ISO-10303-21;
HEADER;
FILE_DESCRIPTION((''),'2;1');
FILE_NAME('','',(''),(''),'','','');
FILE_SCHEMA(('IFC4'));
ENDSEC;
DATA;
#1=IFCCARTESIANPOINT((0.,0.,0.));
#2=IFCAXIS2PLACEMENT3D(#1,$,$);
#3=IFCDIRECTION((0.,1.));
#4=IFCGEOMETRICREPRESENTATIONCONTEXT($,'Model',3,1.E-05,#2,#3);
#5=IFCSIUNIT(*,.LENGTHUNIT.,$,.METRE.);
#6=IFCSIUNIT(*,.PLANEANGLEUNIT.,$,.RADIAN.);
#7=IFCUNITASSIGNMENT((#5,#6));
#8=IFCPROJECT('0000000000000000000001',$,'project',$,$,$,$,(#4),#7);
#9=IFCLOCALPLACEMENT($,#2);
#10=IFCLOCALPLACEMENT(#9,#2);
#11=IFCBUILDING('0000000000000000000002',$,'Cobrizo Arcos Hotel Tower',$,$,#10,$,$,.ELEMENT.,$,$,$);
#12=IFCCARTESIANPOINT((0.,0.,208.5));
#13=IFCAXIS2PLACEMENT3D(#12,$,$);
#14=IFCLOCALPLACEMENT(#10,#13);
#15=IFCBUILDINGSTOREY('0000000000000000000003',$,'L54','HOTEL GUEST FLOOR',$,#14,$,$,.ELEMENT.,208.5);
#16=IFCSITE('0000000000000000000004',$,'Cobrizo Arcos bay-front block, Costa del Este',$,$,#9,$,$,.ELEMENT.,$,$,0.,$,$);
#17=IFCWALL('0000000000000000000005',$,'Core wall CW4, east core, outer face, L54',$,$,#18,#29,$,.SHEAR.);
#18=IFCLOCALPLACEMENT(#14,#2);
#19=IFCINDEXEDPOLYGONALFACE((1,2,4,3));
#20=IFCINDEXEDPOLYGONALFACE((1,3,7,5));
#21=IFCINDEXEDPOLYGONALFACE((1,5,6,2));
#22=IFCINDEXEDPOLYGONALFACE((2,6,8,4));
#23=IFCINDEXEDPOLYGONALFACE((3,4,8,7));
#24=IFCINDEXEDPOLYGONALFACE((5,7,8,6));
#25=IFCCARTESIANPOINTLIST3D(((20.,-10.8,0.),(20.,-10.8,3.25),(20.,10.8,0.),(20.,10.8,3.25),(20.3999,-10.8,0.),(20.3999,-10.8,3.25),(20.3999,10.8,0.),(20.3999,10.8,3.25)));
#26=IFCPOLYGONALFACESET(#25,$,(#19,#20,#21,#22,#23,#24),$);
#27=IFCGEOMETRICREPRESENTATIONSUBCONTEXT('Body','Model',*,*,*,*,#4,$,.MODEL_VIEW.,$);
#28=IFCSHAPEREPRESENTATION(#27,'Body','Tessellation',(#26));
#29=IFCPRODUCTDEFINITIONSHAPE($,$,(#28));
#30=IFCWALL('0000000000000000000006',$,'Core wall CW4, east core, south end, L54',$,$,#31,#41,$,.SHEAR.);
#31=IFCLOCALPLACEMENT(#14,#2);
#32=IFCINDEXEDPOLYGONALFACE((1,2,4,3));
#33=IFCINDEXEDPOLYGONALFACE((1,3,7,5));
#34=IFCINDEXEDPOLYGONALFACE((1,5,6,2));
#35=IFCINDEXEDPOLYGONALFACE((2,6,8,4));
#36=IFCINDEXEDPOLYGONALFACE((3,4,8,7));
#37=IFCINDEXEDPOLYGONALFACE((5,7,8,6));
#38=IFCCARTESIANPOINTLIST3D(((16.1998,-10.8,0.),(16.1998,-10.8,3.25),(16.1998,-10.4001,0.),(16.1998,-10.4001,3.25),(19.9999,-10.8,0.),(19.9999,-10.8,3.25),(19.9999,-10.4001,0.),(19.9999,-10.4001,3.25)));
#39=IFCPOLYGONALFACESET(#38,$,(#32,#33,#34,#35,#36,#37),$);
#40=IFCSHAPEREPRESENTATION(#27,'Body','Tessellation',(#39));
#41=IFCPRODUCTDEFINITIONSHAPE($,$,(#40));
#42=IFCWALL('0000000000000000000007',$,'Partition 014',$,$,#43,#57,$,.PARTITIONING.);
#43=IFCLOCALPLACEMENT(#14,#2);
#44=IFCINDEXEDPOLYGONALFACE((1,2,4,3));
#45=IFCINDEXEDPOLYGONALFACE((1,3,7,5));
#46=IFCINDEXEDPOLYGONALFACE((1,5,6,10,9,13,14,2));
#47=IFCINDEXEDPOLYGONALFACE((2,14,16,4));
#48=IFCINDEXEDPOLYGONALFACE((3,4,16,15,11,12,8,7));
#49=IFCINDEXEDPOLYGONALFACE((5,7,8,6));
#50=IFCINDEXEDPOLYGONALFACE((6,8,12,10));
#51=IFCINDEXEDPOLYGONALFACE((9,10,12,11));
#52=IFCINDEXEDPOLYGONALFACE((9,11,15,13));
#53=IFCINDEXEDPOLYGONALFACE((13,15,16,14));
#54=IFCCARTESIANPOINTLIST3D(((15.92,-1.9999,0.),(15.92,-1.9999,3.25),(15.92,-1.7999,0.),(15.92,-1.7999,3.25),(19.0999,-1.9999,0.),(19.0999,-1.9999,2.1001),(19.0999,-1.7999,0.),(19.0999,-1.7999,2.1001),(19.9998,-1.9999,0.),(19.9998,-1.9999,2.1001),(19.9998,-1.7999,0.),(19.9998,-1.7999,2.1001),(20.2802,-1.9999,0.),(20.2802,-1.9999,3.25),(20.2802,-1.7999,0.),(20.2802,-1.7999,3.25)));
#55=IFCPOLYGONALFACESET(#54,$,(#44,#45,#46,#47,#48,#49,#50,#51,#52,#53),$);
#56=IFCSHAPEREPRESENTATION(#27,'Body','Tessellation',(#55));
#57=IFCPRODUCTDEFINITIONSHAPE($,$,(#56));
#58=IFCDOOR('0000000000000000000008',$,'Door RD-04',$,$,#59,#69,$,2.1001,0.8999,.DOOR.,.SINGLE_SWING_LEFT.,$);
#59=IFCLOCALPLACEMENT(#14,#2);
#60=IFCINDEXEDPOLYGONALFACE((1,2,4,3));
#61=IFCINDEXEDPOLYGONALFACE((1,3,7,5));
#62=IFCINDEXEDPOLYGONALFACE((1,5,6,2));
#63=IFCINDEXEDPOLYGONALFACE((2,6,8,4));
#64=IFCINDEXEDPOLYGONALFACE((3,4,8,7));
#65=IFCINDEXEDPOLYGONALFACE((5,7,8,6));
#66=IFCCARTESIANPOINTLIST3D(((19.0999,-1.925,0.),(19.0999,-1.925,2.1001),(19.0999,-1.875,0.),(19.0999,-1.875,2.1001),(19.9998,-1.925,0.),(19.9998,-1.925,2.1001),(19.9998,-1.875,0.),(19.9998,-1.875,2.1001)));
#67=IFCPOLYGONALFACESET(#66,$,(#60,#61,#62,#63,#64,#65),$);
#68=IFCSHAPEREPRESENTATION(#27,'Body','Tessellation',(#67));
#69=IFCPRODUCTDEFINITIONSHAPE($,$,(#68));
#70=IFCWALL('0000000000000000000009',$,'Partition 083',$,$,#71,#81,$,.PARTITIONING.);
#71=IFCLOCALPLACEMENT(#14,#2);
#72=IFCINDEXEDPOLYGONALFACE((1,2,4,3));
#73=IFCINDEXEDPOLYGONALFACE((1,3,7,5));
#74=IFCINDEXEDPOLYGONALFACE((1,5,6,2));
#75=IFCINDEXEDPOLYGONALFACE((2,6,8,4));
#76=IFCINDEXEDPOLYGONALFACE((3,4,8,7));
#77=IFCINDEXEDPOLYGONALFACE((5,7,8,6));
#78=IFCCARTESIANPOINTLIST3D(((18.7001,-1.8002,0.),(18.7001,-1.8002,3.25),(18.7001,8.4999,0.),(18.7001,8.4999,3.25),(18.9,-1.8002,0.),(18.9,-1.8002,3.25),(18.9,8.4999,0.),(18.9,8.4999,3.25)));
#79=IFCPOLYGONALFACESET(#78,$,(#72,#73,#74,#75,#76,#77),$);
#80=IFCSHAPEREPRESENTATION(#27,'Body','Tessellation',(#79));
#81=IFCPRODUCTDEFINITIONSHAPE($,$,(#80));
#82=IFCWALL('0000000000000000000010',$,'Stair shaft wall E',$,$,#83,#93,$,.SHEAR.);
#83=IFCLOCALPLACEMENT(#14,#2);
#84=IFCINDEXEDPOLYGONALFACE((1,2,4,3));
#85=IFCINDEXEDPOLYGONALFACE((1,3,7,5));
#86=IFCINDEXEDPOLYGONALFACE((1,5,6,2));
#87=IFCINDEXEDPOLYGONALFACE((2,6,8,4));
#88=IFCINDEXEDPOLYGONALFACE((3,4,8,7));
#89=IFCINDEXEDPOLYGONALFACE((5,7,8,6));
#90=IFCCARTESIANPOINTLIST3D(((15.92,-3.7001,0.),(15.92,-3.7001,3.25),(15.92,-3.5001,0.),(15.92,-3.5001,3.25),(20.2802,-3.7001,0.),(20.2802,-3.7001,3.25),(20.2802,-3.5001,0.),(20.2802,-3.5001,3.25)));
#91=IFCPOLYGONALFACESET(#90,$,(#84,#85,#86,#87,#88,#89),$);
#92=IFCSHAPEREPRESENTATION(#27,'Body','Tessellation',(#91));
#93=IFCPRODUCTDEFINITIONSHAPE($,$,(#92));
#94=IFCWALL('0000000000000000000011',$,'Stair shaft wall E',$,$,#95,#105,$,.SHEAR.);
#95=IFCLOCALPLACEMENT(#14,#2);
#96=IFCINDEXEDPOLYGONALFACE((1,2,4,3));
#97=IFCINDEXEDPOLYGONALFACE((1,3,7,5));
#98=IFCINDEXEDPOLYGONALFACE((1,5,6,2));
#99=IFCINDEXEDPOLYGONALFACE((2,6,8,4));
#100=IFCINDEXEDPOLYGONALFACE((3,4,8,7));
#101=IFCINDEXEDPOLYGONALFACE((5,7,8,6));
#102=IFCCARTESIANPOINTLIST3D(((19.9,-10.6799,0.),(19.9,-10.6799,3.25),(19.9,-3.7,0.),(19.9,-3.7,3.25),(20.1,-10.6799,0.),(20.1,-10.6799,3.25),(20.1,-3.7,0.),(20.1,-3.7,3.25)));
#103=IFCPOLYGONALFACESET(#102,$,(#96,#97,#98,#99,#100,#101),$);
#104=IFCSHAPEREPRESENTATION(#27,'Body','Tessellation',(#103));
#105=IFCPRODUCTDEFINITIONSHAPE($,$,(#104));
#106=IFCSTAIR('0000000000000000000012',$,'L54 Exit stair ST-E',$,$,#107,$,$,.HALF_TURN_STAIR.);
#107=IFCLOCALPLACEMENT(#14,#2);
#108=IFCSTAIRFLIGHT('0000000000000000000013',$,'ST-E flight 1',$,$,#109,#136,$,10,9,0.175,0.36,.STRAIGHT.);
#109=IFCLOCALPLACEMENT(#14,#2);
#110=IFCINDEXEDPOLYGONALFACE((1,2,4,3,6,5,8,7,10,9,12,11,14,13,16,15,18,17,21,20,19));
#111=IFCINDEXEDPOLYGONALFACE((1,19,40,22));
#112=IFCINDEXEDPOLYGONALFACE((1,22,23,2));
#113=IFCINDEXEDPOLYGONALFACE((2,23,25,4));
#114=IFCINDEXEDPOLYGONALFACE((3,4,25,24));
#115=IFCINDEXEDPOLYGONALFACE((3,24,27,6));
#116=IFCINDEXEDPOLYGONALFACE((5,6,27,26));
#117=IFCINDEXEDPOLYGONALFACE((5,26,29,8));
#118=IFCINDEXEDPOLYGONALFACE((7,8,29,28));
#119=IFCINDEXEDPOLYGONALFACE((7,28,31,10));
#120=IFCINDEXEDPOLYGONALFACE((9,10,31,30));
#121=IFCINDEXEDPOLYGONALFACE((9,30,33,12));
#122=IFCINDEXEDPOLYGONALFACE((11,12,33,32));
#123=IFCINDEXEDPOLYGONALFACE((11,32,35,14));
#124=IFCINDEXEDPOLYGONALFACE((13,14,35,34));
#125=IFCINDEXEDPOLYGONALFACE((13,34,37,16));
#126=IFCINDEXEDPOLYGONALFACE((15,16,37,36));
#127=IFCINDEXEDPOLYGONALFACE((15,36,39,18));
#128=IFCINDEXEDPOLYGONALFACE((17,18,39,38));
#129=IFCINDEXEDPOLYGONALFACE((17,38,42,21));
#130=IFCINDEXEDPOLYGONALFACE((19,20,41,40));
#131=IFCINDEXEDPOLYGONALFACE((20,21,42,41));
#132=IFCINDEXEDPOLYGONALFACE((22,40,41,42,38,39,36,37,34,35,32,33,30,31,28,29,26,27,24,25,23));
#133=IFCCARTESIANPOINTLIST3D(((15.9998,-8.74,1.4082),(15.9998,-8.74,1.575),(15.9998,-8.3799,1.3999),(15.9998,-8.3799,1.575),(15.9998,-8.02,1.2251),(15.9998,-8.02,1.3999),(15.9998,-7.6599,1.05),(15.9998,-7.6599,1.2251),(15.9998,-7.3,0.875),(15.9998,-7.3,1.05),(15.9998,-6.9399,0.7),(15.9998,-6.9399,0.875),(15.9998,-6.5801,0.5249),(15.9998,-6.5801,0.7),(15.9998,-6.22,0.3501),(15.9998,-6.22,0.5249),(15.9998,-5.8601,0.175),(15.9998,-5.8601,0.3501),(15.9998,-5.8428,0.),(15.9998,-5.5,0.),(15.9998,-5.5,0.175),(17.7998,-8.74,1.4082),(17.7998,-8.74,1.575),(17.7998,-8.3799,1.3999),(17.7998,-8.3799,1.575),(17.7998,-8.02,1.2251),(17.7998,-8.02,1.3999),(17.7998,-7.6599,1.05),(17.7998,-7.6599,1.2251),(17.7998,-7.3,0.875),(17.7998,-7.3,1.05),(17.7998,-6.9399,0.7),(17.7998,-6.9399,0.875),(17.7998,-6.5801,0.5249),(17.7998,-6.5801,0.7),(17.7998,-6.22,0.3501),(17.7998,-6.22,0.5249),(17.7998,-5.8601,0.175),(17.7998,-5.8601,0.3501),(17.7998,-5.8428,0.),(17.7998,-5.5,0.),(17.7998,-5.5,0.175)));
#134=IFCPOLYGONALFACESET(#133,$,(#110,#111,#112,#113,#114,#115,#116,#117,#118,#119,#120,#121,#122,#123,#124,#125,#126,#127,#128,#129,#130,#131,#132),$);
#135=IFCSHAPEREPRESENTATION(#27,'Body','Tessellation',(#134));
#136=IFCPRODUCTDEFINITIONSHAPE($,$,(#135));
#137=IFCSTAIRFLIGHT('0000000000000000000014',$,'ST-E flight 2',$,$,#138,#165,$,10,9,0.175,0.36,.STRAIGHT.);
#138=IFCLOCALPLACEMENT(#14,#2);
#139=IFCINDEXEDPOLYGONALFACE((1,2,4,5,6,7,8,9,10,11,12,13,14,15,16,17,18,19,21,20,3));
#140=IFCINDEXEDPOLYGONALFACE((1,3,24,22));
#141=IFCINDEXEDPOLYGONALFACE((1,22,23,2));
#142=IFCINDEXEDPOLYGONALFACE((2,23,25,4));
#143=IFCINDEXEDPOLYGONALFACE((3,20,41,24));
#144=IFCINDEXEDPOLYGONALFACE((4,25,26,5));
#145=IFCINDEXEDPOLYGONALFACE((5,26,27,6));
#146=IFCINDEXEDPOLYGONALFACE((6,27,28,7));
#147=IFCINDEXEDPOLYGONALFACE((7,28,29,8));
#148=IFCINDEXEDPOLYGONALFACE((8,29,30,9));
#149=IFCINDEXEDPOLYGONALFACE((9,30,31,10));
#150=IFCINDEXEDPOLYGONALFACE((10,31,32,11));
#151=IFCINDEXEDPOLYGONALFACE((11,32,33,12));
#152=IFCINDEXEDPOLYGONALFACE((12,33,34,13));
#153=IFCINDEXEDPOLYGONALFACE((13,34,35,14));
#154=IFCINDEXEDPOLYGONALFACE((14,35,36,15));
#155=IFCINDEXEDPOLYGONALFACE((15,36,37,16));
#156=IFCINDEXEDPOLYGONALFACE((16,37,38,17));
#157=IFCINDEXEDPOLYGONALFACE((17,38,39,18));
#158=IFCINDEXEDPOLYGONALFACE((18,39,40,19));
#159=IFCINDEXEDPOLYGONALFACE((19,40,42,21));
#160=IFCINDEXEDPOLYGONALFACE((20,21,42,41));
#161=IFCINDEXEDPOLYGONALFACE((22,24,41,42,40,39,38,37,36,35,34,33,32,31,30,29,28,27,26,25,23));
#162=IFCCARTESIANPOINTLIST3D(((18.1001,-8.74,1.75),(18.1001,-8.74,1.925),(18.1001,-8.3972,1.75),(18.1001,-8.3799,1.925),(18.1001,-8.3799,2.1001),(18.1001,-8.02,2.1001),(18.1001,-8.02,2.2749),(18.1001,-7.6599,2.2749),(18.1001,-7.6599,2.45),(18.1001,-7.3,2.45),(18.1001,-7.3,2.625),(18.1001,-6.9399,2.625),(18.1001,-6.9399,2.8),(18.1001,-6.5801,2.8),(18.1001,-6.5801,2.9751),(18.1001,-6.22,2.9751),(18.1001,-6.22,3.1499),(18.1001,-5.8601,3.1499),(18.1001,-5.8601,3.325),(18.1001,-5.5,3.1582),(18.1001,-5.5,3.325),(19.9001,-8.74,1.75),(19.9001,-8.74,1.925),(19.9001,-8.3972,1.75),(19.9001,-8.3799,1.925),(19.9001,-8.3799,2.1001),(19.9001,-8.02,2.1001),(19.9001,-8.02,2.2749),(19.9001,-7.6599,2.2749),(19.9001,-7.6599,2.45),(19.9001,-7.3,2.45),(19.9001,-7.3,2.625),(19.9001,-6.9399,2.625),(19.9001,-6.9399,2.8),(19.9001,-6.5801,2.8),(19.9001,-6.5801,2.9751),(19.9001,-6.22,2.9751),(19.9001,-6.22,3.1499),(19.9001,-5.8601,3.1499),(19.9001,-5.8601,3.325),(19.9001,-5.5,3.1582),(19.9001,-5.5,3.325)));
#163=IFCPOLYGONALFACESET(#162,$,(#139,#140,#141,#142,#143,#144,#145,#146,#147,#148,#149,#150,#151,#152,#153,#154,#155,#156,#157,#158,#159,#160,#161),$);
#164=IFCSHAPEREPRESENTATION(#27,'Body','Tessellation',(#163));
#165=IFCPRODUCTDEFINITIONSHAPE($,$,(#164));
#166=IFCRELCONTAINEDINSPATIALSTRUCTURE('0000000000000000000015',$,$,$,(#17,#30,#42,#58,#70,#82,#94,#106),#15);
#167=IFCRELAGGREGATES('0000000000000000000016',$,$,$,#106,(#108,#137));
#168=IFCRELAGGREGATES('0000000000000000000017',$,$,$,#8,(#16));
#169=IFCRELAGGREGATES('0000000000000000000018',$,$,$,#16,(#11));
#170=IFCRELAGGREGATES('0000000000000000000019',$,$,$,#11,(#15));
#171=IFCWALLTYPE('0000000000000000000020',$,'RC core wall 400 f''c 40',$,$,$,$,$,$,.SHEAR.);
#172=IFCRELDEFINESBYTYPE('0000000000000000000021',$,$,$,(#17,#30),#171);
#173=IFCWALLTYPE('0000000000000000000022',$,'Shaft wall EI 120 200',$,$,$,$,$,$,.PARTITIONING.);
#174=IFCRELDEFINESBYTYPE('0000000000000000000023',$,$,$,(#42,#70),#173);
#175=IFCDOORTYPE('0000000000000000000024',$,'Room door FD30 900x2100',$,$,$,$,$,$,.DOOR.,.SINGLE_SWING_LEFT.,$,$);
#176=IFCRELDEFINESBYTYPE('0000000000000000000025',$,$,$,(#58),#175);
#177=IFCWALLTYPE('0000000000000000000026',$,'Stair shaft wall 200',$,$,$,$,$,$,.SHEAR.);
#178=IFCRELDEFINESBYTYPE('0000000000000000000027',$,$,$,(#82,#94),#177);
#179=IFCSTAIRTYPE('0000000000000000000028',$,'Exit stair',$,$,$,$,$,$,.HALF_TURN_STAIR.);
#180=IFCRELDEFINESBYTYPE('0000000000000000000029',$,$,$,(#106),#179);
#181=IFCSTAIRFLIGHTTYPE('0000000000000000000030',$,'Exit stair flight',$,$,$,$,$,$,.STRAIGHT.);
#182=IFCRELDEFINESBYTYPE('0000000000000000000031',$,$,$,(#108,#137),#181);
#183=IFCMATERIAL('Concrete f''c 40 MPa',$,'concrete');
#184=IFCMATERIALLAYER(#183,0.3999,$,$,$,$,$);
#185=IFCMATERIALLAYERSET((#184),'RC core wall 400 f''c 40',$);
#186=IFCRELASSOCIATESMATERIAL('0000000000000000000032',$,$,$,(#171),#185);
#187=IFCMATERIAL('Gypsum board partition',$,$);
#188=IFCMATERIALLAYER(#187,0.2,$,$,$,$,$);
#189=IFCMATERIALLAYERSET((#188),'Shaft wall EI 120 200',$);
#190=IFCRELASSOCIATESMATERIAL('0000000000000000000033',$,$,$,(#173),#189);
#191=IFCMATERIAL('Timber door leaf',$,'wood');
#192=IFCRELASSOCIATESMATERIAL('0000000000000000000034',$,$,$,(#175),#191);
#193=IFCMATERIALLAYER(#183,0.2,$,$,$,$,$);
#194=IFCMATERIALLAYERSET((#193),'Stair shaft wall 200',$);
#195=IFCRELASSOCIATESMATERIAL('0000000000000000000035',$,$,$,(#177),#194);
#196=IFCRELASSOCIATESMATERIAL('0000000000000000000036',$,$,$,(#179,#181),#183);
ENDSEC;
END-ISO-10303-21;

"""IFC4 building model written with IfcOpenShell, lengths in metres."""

from ifc_helpers import new_model, si_unit, direction, frame, frame_2d, origin, place, context, subcontext, project, spatial, polyline, rectangle, outline, extrude, material, layer, layer_set, type_object, element, fill, aggregate, save


model = new_model("IFC4")

# Units and contexts
model_context = context("Model", 3, precision=1e-05, world=origin(), true_north=direction((0.0, 1.0)))
body_context = subcontext(model_context, "Body", "Model", "MODEL_VIEW")
ifc_project = project(units=[si_unit("LENGTHUNIT", "METRE"), si_unit("PLANEANGLEUNIT", "RADIAN")], contexts=[model_context])

# Site, building, storey
site_placement = place(None, origin())
site = spatial("IfcSite", under=ifc_project, at=site_placement, Name="Cobrizo Arcos bay-front block, Costa del Este", CompositionType="ELEMENT", RefElevation=0.0)
building_placement = place(site_placement, origin())
building = spatial("IfcBuilding", under=site, at=building_placement, Name="Cobrizo Arcos Hotel Tower", CompositionType="ELEMENT")
storey_placement = place(building_placement, frame((0.0, 0.0, 208.5)))
storey = spatial("IfcBuildingStorey", under=building, at=storey_placement, Name="L54", Description="HOTEL GUEST FLOOR", CompositionType="ELEMENT", Elevation=208.5)

# Shared definitions
ifc_material_1 = material(Name="Gypsum board partition")

# Shared definitions
ifc_material_2 = material(Name="Concrete f'c 40 MPa", Category="concrete")
ifc_layer_1 = layer(ifc_material_2, 0.3999)
ifc_layer_set_1 = layer_set([ifc_layer_1], Name="RC core wall 400 f'c 40")
wall_type_1 = type_object("IfcWallType", Name="RC core wall 400 f'c 40", PredefinedType="SHEAR", material=ifc_layer_set_1)
ifc_material_3 = material(Name="Timber door leaf", Category="wood")

# Walls
wall_1_placement = place(storey_placement, frame((20.2, -10.8, 0.0), z_axis=(0.0, 0.0, 1.0), x_axis=(0.0, 1.0, 0.0)))
element("IfcWall", 1, at=wall_1_placement, inside=storey, type_object=wall_type_1, Name="Core wall CW4, east core, outer face, L54", PredefinedType="SHEAR", context=body_context, shape_type="SweptSolid", body=[
    extrude(rectangle(XDim=21.6001, YDim=0.3999, at=frame_2d((10.8, 0.0))), origin(), (0.0, 0.0, 1.0), 3.25),
])
wall_2_placement = place(storey_placement, frame((16.2, -10.6001, 0.0), z_axis=(0.0, 0.0, 1.0), x_axis=(1.0, 0.0, 0.0)))
element("IfcWall", 2, at=wall_2_placement, inside=storey, type_object=wall_type_1, Name="Core wall CW4, east core, south end, L54", PredefinedType="SHEAR", context=body_context, shape_type="SweptSolid", body=[
    extrude(rectangle(XDim=3.8, YDim=0.3999, at=frame_2d((1.8999, 0.0))), origin(), (0.0, 0.0, 1.0), 3.25),
])

# Wall, opening, door
ifc_layer_2 = layer(ifc_material_1, 0.2)
ifc_layer_set_2 = layer_set([ifc_layer_2], Name="Shaft wall EI 120 200")
wall_type_2 = type_object("IfcWallType", Name="Shaft wall EI 120 200", PredefinedType="PARTITIONING", material=ifc_layer_set_2)
wall_3_placement = place(storey_placement, frame((15.9199, -1.8999, 0.0), z_axis=(0.0, 0.0, 1.0), x_axis=(1.0, 0.0, 0.0)))
wall_3 = element("IfcWall", 3, at=wall_3_placement, inside=storey, type_object=wall_type_2, Name="Partition 014", PredefinedType="PARTITIONING", context=body_context, shape_type="SweptSolid", body=[
    extrude(rectangle(XDim=4.3601, YDim=0.2, at=frame_2d((2.1802, 0.0))), origin(), (0.0, 0.0, 1.0), 3.25),
])
opening_1_placement = place(wall_3_placement, frame((3.1799, 0.0, 0.0)))
opening_1 = element("IfcOpeningElement", 4, at=opening_1_placement, cuts=wall_3, PredefinedType="OPENING", context=body_context, shape_type="SweptSolid", body=[
    extrude(rectangle(XDim=0.8999, YDim=2.1001, at=frame_2d((0.45, 1.05))), frame((0.0, 0.1121, 0.0), z_axis=(0.0, -1.0, 0.0), x_axis=(1.0, 0.0, 0.0)), (0.0, 0.0, 1.0), 0.2239),
])
door_type_1 = type_object("IfcDoorType", Name="Room door FD30 900x2100", OperationType="SINGLE_SWING_LEFT", PredefinedType="DOOR", material=ifc_material_3)
door_1_placement = place(opening_1_placement, origin())
door_1 = element("IfcDoor", 5, at=door_1_placement, inside=storey, type_object=door_type_1, Name="Door RD-04", OperationType="SINGLE_SWING_LEFT", OverallHeight=2.1001, OverallWidth=0.8999, PredefinedType="DOOR", context=body_context, shape_type="SweptSolid", body=[
    extrude(rectangle(XDim=0.8999, YDim=2.1001, at=frame_2d((0.45, 1.05))), frame((0.0, 0.0249, 0.0), z_axis=(0.0, -1.0, 0.0), x_axis=(1.0, 0.0, 0.0)), (0.0, 0.0, 1.0), 0.05),
])
fill(opening_1, door_1)

# Walls
wall_4_placement = place(storey_placement, frame((18.8, -1.8, 0.0), z_axis=(0.0, 0.0, 1.0), x_axis=(0.0, 1.0, 0.0)))
element("IfcWall", 6, at=wall_4_placement, inside=storey, type_object=wall_type_2, Name="Partition 083", PredefinedType="PARTITIONING", context=body_context, shape_type="SweptSolid", body=[
    extrude(rectangle(XDim=10.3, YDim=0.2, at=frame_2d((5.1499, 0.0))), origin(), (0.0, 0.0, 1.0), 3.25),
])
ifc_layer_3 = layer(ifc_material_2, 0.2)
ifc_layer_set_3 = layer_set([ifc_layer_3], Name="Stair shaft wall 200")
wall_type_3 = type_object("IfcWallType", Name="Stair shaft wall 200", PredefinedType="SHEAR", material=ifc_layer_set_3)
wall_5_placement = place(storey_placement, frame((15.9199, -3.6001, 0.0), z_axis=(0.0, 0.0, 1.0), x_axis=(1.0, 0.0, 0.0)))
element("IfcWall", 7, at=wall_5_placement, inside=storey, type_object=wall_type_3, Name="Stair shaft wall E", PredefinedType="SHEAR", context=body_context, shape_type="SweptSolid", body=[
    extrude(rectangle(XDim=4.3601, YDim=0.2, at=frame_2d((2.1802, 0.0))), origin(), (0.0, 0.0, 1.0), 3.25),
])
wall_6_placement = place(storey_placement, frame((20.0, -10.6799, 0.0), z_axis=(0.0, 0.0, 1.0), x_axis=(0.0, 1.0, 0.0)))
element("IfcWall", 8, at=wall_6_placement, inside=storey, type_object=wall_type_3, Name="Stair shaft wall E", PredefinedType="SHEAR", context=body_context, shape_type="SweptSolid", body=[
    extrude(rectangle(XDim=6.98, YDim=0.2, at=frame_2d((3.49, 0.0))), origin(), (0.0, 0.0, 1.0), 3.25),
])

# Stair, stair flights
stair_type = type_object("IfcStairType", Name="Exit stair", PredefinedType="HALF_TURN_STAIR", material=ifc_material_2)
stair_placement = place(storey_placement, origin())
stair = element("IfcStair", 9, at=stair_placement, inside=storey, type_object=stair_type, Name="L54 Exit stair ST-E", PredefinedType="HALF_TURN_STAIR")
stair_flight_type = type_object("IfcStairFlightType", Name="Exit stair flight", PredefinedType="STRAIGHT", material=ifc_material_2)
stair_flight_1_placement = place(storey_placement, frame((16.8999, -5.5, 0.0), z_axis=(0.0, 0.0, 1.0), x_axis=(0.0, -1.0, 0.0)))
stair_flight_1 = element("IfcStairFlight", 10, at=stair_flight_1_placement, type_object=stair_flight_type, Name="ST-E flight 1", NumberOfRisers=10, NumberOfTreads=9, PredefinedType="STRAIGHT", RiserHeight=0.175, TreadLength=0.36, context=body_context, shape_type="SweptSolid", body=[
    extrude(outline(polyline([(0.0, 0.0), (0.0, 0.175), (0.3601, 0.175), (0.3601, 0.3501), (0.72, 0.3501), (0.72, 0.5249), (1.0801, 0.5249), (1.0801, 0.7), (1.4399, 0.7), (1.4399, 0.875), (1.8, 0.875), (1.8, 1.05), (2.1599, 1.05), (2.1599, 1.2251), (2.52, 1.2251), (2.52, 1.3999), (2.8799, 1.3999), (2.8799, 1.575), (3.24, 1.575), (3.24, 1.75), (3.24, 1.4082), (0.3428, 0.0), (0.0, 0.0)])), frame((0.0, 0.8999, 0.0), z_axis=(0.0, -1.0, 0.0), x_axis=(1.0, 0.0, 0.0)), (0.0, 0.0, 1.0), 1.8),
])
stair_flight_2_placement = place(storey_placement, frame((19.0, -8.74, 1.75), z_axis=(0.0, 0.0, 1.0), x_axis=(0.0, 1.0, 0.0)))
stair_flight_2 = element("IfcStairFlight", 11, at=stair_flight_2_placement, type_object=stair_flight_type, Name="ST-E flight 2", NumberOfRisers=10, NumberOfTreads=9, PredefinedType="STRAIGHT", RiserHeight=0.175, TreadLength=0.36, context=body_context, shape_type="SweptSolid", body=[
    extrude(outline(polyline([(0.0, 0.0), (0.0, 0.175), (0.3601, 0.175), (0.3601, 0.3501), (0.72, 0.3501), (0.72, 0.5249), (1.0801, 0.5249), (1.0801, 0.7), (1.4399, 0.7), (1.4399, 0.875), (1.8, 0.875), (1.8, 1.05), (2.1599, 1.05), (2.1599, 1.2251), (2.52, 1.2251), (2.52, 1.3999), (2.8799, 1.3999), (2.8799, 1.575), (3.24, 1.575), (3.24, 1.75), (3.24, 1.4082), (0.3428, 0.0), (0.0, 0.0)])), frame((0.0, 0.8999, 0.0), z_axis=(0.0, -1.0, 0.0), x_axis=(1.0, 0.0, 0.0)), (0.0, 0.0, 1.0), 1.8),
])
aggregate(stair, [stair_flight_1, stair_flight_2])

save(model, "model.ifc")
